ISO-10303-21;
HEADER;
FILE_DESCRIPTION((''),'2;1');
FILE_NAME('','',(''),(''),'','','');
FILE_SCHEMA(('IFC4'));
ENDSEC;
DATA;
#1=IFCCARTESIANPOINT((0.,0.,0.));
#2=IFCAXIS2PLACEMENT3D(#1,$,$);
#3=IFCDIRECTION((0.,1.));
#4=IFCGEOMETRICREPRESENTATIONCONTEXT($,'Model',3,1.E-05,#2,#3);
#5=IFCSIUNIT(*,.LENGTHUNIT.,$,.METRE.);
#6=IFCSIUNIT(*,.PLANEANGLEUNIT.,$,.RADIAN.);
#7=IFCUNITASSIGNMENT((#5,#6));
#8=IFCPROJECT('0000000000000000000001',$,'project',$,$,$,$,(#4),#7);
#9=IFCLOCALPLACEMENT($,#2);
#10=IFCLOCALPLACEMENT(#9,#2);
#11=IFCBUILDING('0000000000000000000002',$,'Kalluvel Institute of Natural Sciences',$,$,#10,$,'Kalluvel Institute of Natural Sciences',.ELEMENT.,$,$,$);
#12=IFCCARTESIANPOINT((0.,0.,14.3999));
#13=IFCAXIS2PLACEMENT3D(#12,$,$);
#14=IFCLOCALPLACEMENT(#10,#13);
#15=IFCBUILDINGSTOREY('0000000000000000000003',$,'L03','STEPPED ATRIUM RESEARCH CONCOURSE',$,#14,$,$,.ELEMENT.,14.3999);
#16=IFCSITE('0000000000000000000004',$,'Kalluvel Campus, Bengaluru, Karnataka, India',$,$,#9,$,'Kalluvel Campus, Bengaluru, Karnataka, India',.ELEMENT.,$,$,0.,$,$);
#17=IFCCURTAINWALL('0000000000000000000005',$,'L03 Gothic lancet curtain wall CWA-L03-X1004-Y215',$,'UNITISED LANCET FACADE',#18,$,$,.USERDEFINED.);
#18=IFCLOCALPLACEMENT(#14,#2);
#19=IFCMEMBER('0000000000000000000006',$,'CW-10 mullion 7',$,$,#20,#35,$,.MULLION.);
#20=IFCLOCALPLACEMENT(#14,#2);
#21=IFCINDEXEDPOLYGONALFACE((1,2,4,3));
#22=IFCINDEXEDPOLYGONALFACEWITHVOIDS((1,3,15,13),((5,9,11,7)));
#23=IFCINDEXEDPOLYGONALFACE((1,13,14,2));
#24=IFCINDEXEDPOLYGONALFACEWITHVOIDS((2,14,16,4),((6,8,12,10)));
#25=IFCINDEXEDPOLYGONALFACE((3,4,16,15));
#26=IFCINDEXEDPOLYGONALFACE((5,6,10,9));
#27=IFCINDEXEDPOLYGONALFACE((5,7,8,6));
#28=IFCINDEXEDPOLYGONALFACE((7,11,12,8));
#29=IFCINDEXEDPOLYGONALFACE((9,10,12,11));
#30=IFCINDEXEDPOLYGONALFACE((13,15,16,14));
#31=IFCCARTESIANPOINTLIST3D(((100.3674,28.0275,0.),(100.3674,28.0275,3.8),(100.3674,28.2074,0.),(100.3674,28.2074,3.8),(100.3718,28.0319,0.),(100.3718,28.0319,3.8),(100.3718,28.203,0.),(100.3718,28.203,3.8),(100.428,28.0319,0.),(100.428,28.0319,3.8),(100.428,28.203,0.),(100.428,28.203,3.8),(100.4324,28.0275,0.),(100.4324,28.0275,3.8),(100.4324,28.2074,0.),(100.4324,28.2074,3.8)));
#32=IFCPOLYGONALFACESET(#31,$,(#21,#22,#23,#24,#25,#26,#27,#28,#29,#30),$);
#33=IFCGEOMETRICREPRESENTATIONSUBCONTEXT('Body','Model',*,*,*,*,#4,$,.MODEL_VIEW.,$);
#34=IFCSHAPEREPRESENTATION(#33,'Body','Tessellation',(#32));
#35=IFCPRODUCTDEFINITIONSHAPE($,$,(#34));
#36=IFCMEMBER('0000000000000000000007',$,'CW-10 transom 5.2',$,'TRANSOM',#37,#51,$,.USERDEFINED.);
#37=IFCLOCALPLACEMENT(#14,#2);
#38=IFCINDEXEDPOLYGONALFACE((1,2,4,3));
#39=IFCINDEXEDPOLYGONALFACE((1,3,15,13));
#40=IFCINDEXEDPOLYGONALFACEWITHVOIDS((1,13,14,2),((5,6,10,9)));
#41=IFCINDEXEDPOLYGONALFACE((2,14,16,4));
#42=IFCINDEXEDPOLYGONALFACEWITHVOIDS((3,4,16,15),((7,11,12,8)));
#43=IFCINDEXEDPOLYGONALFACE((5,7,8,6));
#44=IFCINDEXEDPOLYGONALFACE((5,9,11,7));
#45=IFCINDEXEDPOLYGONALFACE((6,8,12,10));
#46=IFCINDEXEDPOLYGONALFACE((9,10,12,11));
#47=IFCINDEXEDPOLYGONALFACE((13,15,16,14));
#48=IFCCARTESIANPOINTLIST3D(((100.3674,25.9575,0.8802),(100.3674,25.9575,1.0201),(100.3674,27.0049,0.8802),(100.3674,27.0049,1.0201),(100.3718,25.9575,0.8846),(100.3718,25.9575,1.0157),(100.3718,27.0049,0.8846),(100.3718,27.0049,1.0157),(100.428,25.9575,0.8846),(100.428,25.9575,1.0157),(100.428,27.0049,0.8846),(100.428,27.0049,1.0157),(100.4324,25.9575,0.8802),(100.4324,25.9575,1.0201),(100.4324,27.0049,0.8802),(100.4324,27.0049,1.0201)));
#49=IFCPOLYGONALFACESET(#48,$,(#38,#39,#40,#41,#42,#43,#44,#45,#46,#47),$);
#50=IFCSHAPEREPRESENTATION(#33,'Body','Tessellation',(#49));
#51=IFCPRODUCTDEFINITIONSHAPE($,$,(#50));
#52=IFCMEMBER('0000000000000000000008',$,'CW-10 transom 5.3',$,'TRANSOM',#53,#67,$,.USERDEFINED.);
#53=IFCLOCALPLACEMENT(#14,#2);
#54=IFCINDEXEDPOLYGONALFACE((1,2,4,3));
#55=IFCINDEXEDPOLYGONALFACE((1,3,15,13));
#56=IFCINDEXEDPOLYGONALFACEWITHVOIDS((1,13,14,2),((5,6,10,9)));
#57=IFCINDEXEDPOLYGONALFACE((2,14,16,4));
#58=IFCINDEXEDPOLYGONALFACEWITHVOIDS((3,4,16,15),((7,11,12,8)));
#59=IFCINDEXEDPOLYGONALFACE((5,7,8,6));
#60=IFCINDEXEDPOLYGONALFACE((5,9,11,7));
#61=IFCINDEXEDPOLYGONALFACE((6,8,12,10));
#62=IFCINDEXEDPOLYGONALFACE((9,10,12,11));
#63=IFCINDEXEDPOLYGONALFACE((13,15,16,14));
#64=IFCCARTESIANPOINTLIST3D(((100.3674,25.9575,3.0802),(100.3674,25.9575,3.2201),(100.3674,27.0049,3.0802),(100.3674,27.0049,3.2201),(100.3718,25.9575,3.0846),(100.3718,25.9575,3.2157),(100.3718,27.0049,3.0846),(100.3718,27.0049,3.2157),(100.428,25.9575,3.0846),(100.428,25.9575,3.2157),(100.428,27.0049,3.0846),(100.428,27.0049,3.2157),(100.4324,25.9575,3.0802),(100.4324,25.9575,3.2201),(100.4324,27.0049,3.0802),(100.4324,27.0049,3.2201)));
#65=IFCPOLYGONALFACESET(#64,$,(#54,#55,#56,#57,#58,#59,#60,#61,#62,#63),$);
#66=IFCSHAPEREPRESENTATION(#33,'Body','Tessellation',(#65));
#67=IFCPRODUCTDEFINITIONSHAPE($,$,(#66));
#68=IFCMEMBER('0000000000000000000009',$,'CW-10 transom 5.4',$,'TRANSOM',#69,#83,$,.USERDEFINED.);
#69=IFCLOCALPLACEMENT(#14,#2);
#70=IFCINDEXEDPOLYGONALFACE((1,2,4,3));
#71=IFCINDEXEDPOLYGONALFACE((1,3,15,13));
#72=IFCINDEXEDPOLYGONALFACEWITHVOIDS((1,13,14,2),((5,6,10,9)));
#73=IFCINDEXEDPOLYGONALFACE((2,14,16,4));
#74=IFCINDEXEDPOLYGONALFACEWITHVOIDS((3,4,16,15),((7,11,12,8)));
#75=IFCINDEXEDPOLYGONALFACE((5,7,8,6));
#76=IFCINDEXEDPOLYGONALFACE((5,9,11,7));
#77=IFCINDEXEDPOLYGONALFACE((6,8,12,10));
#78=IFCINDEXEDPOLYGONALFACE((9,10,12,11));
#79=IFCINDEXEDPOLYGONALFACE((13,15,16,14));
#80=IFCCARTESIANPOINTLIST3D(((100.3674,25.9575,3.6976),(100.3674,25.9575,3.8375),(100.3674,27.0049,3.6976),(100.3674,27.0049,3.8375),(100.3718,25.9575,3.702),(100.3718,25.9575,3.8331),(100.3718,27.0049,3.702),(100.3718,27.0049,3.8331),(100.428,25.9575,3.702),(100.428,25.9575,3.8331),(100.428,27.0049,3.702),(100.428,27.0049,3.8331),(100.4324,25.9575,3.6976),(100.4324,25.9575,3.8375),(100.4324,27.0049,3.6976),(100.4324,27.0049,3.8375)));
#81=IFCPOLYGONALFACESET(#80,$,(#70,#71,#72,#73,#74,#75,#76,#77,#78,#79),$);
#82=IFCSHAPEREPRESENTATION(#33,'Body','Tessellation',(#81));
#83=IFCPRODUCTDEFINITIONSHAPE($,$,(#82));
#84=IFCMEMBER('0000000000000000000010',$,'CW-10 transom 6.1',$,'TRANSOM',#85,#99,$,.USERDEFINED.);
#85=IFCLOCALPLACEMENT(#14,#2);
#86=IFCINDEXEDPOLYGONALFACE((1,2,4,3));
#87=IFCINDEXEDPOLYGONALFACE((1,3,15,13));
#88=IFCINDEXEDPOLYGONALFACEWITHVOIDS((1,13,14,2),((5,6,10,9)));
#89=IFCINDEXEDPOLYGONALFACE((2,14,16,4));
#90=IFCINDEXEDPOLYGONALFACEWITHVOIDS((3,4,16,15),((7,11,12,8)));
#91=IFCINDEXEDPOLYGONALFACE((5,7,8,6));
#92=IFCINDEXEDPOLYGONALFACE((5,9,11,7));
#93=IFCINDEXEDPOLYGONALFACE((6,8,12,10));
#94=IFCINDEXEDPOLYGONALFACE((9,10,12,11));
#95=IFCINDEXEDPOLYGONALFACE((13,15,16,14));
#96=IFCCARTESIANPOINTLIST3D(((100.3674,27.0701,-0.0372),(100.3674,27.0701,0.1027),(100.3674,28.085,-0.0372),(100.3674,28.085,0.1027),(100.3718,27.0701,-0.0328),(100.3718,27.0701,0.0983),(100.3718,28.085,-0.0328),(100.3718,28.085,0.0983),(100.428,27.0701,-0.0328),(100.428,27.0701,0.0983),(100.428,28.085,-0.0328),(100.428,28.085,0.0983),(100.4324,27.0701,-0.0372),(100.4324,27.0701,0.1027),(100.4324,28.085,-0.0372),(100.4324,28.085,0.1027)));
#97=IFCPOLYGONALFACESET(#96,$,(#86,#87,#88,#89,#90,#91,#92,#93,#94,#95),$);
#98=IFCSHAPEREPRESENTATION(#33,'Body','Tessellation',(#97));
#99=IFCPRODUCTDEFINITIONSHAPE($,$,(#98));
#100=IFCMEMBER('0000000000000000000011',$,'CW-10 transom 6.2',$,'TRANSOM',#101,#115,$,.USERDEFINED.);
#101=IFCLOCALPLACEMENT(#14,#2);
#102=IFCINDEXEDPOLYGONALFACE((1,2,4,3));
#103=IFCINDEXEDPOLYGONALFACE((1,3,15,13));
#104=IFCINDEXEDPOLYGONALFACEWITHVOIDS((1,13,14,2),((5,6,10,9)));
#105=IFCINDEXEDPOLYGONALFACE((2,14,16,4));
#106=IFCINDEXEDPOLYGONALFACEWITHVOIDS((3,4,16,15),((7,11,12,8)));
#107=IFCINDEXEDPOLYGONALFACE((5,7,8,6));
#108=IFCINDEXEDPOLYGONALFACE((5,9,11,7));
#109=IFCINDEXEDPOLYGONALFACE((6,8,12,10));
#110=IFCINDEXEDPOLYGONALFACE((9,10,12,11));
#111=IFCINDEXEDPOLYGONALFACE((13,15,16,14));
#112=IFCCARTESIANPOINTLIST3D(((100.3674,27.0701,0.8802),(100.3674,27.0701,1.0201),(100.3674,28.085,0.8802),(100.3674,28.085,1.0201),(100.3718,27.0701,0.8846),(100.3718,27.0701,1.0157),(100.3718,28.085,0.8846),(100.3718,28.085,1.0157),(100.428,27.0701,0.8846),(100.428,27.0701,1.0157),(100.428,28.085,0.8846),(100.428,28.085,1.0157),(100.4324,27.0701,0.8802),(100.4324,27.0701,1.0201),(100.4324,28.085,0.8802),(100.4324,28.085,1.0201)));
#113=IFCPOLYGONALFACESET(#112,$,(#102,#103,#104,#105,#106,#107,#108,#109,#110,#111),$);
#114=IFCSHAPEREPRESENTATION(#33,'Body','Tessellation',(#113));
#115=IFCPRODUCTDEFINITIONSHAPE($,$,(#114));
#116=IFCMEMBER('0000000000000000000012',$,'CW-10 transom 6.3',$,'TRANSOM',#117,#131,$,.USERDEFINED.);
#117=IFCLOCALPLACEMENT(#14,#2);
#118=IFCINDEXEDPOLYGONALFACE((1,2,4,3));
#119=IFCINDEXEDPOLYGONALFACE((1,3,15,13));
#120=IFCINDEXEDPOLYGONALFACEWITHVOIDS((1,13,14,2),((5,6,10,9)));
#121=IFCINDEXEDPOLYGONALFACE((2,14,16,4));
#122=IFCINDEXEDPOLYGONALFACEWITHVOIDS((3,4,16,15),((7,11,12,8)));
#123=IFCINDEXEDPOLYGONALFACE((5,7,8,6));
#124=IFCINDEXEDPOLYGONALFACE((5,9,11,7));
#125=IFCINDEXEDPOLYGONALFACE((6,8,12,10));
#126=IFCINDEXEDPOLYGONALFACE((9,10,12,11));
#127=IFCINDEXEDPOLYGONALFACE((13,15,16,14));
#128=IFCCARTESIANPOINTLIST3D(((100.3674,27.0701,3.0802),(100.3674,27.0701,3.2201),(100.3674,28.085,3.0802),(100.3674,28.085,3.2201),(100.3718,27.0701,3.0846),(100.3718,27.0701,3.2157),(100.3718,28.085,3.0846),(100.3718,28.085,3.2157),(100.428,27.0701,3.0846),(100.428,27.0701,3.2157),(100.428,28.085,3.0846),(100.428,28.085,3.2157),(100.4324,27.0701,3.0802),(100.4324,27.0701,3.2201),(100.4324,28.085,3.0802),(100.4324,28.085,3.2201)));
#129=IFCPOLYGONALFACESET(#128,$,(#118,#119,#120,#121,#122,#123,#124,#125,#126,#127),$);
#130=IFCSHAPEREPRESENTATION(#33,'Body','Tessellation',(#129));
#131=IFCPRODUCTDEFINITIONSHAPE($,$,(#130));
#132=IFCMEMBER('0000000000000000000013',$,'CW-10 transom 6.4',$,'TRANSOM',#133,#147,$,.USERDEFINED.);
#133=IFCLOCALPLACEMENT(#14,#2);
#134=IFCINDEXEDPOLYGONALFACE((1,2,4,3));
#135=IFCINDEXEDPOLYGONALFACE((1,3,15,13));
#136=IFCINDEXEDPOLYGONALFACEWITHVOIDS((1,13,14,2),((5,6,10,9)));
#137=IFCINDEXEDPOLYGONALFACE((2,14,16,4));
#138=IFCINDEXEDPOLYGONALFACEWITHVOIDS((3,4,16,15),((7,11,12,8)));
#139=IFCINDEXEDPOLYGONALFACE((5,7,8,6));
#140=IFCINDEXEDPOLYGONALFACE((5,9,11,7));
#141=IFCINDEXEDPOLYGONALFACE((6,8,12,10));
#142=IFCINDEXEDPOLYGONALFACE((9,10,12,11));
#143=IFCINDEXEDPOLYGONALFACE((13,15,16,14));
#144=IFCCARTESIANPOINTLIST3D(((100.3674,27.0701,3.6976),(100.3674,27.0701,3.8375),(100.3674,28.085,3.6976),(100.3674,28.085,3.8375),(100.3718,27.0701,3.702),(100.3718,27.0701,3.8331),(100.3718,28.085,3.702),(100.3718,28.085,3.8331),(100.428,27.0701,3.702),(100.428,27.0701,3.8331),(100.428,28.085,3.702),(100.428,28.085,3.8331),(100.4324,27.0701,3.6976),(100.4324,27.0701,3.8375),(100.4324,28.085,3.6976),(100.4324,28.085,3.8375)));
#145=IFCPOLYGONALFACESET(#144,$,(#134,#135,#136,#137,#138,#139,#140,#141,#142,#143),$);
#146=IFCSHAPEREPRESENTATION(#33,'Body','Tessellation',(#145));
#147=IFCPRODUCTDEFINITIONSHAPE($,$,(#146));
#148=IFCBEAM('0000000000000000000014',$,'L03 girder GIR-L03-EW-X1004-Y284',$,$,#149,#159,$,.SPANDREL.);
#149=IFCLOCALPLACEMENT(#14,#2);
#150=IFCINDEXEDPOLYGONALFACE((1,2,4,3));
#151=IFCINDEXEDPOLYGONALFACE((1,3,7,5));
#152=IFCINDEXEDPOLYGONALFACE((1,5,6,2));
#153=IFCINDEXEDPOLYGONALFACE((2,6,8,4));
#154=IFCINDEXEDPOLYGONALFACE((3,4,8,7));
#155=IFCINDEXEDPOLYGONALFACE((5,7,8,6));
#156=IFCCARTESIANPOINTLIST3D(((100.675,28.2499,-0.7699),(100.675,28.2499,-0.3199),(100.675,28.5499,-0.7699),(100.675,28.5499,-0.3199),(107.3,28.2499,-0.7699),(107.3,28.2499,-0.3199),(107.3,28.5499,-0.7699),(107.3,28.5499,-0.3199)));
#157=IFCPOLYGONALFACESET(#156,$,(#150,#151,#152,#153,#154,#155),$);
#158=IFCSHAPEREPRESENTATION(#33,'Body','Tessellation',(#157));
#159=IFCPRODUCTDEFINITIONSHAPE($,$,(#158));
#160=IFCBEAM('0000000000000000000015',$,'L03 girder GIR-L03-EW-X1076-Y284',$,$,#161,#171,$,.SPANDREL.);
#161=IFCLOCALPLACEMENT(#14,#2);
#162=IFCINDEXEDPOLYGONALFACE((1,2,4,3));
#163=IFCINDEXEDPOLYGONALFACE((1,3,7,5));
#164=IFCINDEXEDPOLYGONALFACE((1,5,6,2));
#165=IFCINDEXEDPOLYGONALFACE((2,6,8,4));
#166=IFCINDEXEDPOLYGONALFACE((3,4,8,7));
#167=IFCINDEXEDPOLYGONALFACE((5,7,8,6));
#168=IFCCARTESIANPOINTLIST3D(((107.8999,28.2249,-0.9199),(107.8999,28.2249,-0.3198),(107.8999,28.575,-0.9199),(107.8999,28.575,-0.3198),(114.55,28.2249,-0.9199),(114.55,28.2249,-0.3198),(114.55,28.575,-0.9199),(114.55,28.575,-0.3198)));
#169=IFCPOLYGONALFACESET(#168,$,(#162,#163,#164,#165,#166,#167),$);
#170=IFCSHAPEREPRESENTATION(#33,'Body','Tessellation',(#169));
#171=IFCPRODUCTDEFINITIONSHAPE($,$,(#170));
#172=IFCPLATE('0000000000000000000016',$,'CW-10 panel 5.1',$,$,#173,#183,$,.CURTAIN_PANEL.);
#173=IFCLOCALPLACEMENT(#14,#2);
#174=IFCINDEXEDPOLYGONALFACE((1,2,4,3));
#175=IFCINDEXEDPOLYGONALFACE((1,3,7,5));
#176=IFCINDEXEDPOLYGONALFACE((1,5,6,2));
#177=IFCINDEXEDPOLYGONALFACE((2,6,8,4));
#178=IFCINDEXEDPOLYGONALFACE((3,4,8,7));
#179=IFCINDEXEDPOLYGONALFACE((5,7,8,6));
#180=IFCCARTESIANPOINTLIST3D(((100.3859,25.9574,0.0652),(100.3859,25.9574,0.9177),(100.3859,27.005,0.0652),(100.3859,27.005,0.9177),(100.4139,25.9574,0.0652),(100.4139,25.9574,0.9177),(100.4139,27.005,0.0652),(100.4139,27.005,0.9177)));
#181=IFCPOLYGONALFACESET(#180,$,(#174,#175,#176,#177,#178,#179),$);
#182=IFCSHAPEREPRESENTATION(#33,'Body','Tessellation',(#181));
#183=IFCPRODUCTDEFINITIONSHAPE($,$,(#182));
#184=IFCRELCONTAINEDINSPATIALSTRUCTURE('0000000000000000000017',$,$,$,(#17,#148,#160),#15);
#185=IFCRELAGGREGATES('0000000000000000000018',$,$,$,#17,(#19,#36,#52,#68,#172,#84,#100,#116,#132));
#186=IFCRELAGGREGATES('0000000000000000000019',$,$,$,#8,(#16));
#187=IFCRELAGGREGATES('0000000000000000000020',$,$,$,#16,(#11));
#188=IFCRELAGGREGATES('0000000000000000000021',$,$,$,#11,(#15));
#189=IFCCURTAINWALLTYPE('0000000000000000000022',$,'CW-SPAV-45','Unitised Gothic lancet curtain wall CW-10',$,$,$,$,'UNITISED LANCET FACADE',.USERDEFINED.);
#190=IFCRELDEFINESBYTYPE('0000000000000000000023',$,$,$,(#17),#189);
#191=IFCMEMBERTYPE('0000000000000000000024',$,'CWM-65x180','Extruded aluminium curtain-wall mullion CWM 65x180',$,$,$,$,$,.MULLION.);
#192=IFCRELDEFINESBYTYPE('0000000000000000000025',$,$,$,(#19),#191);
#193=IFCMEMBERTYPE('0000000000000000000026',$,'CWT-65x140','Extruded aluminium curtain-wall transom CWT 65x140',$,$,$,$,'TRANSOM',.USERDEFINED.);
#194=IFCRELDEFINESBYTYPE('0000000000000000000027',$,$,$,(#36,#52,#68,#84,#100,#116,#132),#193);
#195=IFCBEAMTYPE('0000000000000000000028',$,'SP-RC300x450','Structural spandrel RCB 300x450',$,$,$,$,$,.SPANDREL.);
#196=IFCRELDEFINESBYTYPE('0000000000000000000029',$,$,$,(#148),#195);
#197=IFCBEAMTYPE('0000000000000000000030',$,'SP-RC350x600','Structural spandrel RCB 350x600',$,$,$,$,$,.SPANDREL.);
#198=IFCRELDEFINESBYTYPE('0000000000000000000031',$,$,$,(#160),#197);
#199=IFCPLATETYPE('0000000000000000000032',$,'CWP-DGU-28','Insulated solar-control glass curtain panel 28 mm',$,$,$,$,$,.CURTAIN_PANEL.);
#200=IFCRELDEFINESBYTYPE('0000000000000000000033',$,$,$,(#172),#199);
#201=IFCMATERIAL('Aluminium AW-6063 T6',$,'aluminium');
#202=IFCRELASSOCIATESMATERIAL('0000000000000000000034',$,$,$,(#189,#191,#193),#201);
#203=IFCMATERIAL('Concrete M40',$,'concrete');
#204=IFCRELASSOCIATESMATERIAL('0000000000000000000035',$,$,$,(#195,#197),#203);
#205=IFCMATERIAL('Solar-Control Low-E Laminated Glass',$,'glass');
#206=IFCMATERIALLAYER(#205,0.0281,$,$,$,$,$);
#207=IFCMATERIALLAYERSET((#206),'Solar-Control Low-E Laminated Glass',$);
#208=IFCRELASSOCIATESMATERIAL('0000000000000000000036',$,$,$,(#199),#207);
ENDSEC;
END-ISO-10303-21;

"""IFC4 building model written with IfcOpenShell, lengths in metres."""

from ifc_helpers import new_model, si_unit, direction, frame, origin, origin_2d, place, context, subcontext, project, spatial, rectangle, hollow_rectangle, extrude, material, layer, layer_set, material_profile, profile_set, type_object, element, aggregate, save


model = new_model("IFC4")

# Units and contexts
model_context = context("Model", 3, precision=1e-05, world=origin(), true_north=direction((0.0, 1.0)))
body_context = subcontext(model_context, "Body", "Model", "MODEL_VIEW")
ifc_project = project(units=[si_unit("LENGTHUNIT", "METRE"), si_unit("PLANEANGLEUNIT", "RADIAN")], contexts=[model_context])

# Site, building, storey
site_placement = place(None, origin())
site = spatial("IfcSite", under=ifc_project, at=site_placement, Name="Kalluvel Campus, Bengaluru, Karnataka, India", LongName="Kalluvel Campus, Bengaluru, Karnataka, India", CompositionType="ELEMENT", RefElevation=0.0)
building_placement = place(site_placement, origin())
building = spatial("IfcBuilding", under=site, at=building_placement, Name="Kalluvel Institute of Natural Sciences", LongName="Kalluvel Institute of Natural Sciences", CompositionType="ELEMENT")
storey_placement = place(building_placement, frame((0.0, 0.0, 14.3999)))
storey = spatial("IfcBuildingStorey", under=building, at=storey_placement, Name="L03", Description="STEPPED ATRIUM RESEARCH CONCOURSE", CompositionType="ELEMENT", Elevation=14.3999)

# Shared definitions
ifc_material_1 = material(Name="Concrete M40", Category="concrete")

# Curtain wall, members
ifc_material_2 = material(Name="Aluminium AW-6063 T6", Category="aluminium")
curtain_wall_type = type_object("IfcCurtainWallType", Name="CW-SPAV-45", Description="Unitised Gothic lancet curtain wall CW-10", ElementType="UNITISED LANCET FACADE", PredefinedType="USERDEFINED", material=ifc_material_2)
curtain_wall_placement = place(storey_placement, origin())
curtain_wall = element("IfcCurtainWall", 1, at=curtain_wall_placement, inside=storey, type_object=curtain_wall_type, Name="L03 Gothic lancet curtain wall CWA-L03-X1004-Y215", ObjectType="UNITISED LANCET FACADE", PredefinedType="USERDEFINED")
ifc_material_profile_1 = material_profile(ifc_material_2, hollow_rectangle(XDim=0.0649, YDim=0.1799, WallThickness=0.0044, at=origin_2d()), Name="CWM 65x180")
ifc_profile_set_1 = profile_set([ifc_material_profile_1], Name="Aluminium AW-6063 T6")
member_type_1 = type_object("IfcMemberType", Name="CWM-65x180", Description="Extruded aluminium curtain-wall mullion CWM 65x180", PredefinedType="MULLION", material=ifc_profile_set_1)
member_1_placement = place(storey_placement, frame((100.3999, 28.1174, 0.0), z_axis=(0.0, 0.0, 1.0), x_axis=(-1.0, 0.0, 0.0)))
member_1 = element("IfcMember", 2, at=member_1_placement, type_object=member_type_1, Name="CW-10 mullion 7", PredefinedType="MULLION", context=body_context, shape_type="SweptSolid", body=[
    extrude(hollow_rectangle(XDim=0.0649, YDim=0.1799, WallThickness=0.0044, at=origin_2d()), origin(), (0.0, 0.0, 1.0), 3.8),
])
ifc_material_profile_2 = material_profile(ifc_material_2, hollow_rectangle(XDim=0.0649, YDim=0.1399, WallThickness=0.0044, at=origin_2d()), Name="CWT 65x140")
ifc_profile_set_2 = profile_set([ifc_material_profile_2], Name="Aluminium AW-6063 T6")
member_type_2 = type_object("IfcMemberType", Name="CWT-65x140", Description="Extruded aluminium curtain-wall transom CWT 65x140", ElementType="TRANSOM", PredefinedType="USERDEFINED", material=ifc_profile_set_2)
member_2_placement = place(storey_placement, frame((100.3999, 25.9575, 0.9502), z_axis=(0.0, 1.0, 0.0), x_axis=(-1.0, 0.0, 0.0)))
member_2 = element("IfcMember", 3, at=member_2_placement, type_object=member_type_2, Name="CW-10 transom 5.2", ObjectType="TRANSOM", PredefinedType="USERDEFINED", context=body_context, shape_type="SweptSolid", body=[
    extrude(hollow_rectangle(XDim=0.0649, YDim=0.1399, WallThickness=0.0044, at=origin_2d()), origin(), (0.0, 0.0, 1.0), 1.0474),
])
member_3_placement = place(storey_placement, frame((100.3999, 25.9575, 3.1501), z_axis=(0.0, 1.0, 0.0), x_axis=(-1.0, 0.0, 0.0)))
member_3 = element("IfcMember", 4, at=member_3_placement, type_object=member_type_2, Name="CW-10 transom 5.3", ObjectType="TRANSOM", PredefinedType="USERDEFINED", context=body_context, shape_type="SweptSolid", body=[
    extrude(hollow_rectangle(XDim=0.0649, YDim=0.1399, WallThickness=0.0044, at=origin_2d()), origin(), (0.0, 0.0, 1.0), 1.0474),
])
member_4_placement = place(storey_placement, frame((100.3999, 25.9575, 3.7676), z_axis=(0.0, 1.0, 0.0), x_axis=(-1.0, 0.0, 0.0)))
member_4 = element("IfcMember", 5, at=member_4_placement, type_object=member_type_2, Name="CW-10 transom 5.4", ObjectType="TRANSOM", PredefinedType="USERDEFINED", context=body_context, shape_type="SweptSolid", body=[
    extrude(hollow_rectangle(XDim=0.0649, YDim=0.1399, WallThickness=0.0044, at=origin_2d()), origin(), (0.0, 0.0, 1.0), 1.0474),
])
member_5_placement = place(storey_placement, frame((100.3999, 27.0701, 0.0327), z_axis=(0.0, 1.0, 0.0), x_axis=(-1.0, 0.0, 0.0)))
member_5 = element("IfcMember", 6, at=member_5_placement, type_object=member_type_2, Name="CW-10 transom 6.1", ObjectType="TRANSOM", PredefinedType="USERDEFINED", context=body_context, shape_type="SweptSolid", body=[
    extrude(hollow_rectangle(XDim=0.0649, YDim=0.1399, WallThickness=0.0044, at=origin_2d()), origin(), (0.0, 0.0, 1.0), 1.0149),
])
member_6_placement = place(storey_placement, frame((100.3999, 27.0701, 0.9502), z_axis=(0.0, 1.0, 0.0), x_axis=(-1.0, 0.0, 0.0)))
member_6 = element("IfcMember", 7, at=member_6_placement, type_object=member_type_2, Name="CW-10 transom 6.2", ObjectType="TRANSOM", PredefinedType="USERDEFINED", context=body_context, shape_type="SweptSolid", body=[
    extrude(hollow_rectangle(XDim=0.0649, YDim=0.1399, WallThickness=0.0044, at=origin_2d()), origin(), (0.0, 0.0, 1.0), 1.0149),
])
member_7_placement = place(storey_placement, frame((100.3999, 27.0701, 3.1501), z_axis=(0.0, 1.0, 0.0), x_axis=(-1.0, 0.0, 0.0)))
member_7 = element("IfcMember", 8, at=member_7_placement, type_object=member_type_2, Name="CW-10 transom 6.3", ObjectType="TRANSOM", PredefinedType="USERDEFINED", context=body_context, shape_type="SweptSolid", body=[
    extrude(hollow_rectangle(XDim=0.0649, YDim=0.1399, WallThickness=0.0044, at=origin_2d()), origin(), (0.0, 0.0, 1.0), 1.0149),
])
member_8_placement = place(storey_placement, frame((100.3999, 27.0701, 3.7676), z_axis=(0.0, 1.0, 0.0), x_axis=(-1.0, 0.0, 0.0)))
member_8 = element("IfcMember", 9, at=member_8_placement, type_object=member_type_2, Name="CW-10 transom 6.4", ObjectType="TRANSOM", PredefinedType="USERDEFINED", context=body_context, shape_type="SweptSolid", body=[
    extrude(hollow_rectangle(XDim=0.0649, YDim=0.1399, WallThickness=0.0044, at=origin_2d()), origin(), (0.0, 0.0, 1.0), 1.0149),
])

# Beams
ifc_material_profile_3 = material_profile(ifc_material_1, rectangle(XDim=0.3, YDim=0.45, at=origin_2d()), Name="RCB 300x450")
ifc_profile_set_3 = profile_set([ifc_material_profile_3], Name="Concrete M40")
beam_type_1 = type_object("IfcBeamType", Name="SP-RC300x450", Description="Structural spandrel RCB 300x450", PredefinedType="SPANDREL", material=ifc_profile_set_3)
beam_1_placement = place(storey_placement, frame((100.675, 28.3999, -0.5449), z_axis=(1.0, 0.0, 0.0), x_axis=(0.0, 1.0, 0.0)))
element("IfcBeam", 10, at=beam_1_placement, inside=storey, type_object=beam_type_1, Name="L03 girder GIR-L03-EW-X1004-Y284", PredefinedType="SPANDREL", context=body_context, shape_type="SweptSolid", body=[
    extrude(rectangle(XDim=0.3, YDim=0.45, at=origin_2d()), origin(), (0.0, 0.0, 1.0), 6.625),
])
ifc_material_profile_4 = material_profile(ifc_material_1, rectangle(XDim=0.3501, YDim=0.6001, at=origin_2d()), Name="RCB 350x600")
ifc_profile_set_4 = profile_set([ifc_material_profile_4], Name="Concrete M40")
beam_type_2 = type_object("IfcBeamType", Name="SP-RC350x600", Description="Structural spandrel RCB 350x600", PredefinedType="SPANDREL", material=ifc_profile_set_4)
beam_2_placement = place(storey_placement, frame((107.8999, 28.3999, -0.6199), z_axis=(1.0, 0.0, 0.0), x_axis=(0.0, 1.0, 0.0)))
element("IfcBeam", 11, at=beam_2_placement, inside=storey, type_object=beam_type_2, Name="L03 girder GIR-L03-EW-X1076-Y284", PredefinedType="SPANDREL", context=body_context, shape_type="SweptSolid", body=[
    extrude(rectangle(XDim=0.3501, YDim=0.6001, at=origin_2d()), origin(), (0.0, 0.0, 1.0), 6.6501),
])

# Plate
ifc_material_3 = material(Name="Solar-Control Low-E Laminated Glass", Category="glass")
ifc_layer_1 = layer(ifc_material_3, 0.0281)
ifc_layer_set_1 = layer_set([ifc_layer_1], Name="Solar-Control Low-E Laminated Glass")
plate_type = type_object("IfcPlateType", Name="CWP-DGU-28", Description="Insulated solar-control glass curtain panel 28 mm", PredefinedType="CURTAIN_PANEL", material=ifc_layer_set_1)
plate_1_placement = place(storey_placement, frame((100.3999, 26.4812, 0.0652), z_axis=(0.0, 0.0, 1.0), x_axis=(0.0, 1.0, 0.0)))
plate_1 = element("IfcPlate", 12, at=plate_1_placement, type_object=plate_type, Name="CW-10 panel 5.1", PredefinedType="CURTAIN_PANEL", context=body_context, shape_type="SweptSolid", body=[
    extrude(rectangle(XDim=1.0476, YDim=0.0281, at=origin_2d()), origin(), (0.0, 0.0, 1.0), 0.8525),
])
aggregate(curtain_wall, [member_1, member_2, member_3, member_4, plate_1, member_5, member_6, member_7, member_8])

save(model, "model.ifc")
